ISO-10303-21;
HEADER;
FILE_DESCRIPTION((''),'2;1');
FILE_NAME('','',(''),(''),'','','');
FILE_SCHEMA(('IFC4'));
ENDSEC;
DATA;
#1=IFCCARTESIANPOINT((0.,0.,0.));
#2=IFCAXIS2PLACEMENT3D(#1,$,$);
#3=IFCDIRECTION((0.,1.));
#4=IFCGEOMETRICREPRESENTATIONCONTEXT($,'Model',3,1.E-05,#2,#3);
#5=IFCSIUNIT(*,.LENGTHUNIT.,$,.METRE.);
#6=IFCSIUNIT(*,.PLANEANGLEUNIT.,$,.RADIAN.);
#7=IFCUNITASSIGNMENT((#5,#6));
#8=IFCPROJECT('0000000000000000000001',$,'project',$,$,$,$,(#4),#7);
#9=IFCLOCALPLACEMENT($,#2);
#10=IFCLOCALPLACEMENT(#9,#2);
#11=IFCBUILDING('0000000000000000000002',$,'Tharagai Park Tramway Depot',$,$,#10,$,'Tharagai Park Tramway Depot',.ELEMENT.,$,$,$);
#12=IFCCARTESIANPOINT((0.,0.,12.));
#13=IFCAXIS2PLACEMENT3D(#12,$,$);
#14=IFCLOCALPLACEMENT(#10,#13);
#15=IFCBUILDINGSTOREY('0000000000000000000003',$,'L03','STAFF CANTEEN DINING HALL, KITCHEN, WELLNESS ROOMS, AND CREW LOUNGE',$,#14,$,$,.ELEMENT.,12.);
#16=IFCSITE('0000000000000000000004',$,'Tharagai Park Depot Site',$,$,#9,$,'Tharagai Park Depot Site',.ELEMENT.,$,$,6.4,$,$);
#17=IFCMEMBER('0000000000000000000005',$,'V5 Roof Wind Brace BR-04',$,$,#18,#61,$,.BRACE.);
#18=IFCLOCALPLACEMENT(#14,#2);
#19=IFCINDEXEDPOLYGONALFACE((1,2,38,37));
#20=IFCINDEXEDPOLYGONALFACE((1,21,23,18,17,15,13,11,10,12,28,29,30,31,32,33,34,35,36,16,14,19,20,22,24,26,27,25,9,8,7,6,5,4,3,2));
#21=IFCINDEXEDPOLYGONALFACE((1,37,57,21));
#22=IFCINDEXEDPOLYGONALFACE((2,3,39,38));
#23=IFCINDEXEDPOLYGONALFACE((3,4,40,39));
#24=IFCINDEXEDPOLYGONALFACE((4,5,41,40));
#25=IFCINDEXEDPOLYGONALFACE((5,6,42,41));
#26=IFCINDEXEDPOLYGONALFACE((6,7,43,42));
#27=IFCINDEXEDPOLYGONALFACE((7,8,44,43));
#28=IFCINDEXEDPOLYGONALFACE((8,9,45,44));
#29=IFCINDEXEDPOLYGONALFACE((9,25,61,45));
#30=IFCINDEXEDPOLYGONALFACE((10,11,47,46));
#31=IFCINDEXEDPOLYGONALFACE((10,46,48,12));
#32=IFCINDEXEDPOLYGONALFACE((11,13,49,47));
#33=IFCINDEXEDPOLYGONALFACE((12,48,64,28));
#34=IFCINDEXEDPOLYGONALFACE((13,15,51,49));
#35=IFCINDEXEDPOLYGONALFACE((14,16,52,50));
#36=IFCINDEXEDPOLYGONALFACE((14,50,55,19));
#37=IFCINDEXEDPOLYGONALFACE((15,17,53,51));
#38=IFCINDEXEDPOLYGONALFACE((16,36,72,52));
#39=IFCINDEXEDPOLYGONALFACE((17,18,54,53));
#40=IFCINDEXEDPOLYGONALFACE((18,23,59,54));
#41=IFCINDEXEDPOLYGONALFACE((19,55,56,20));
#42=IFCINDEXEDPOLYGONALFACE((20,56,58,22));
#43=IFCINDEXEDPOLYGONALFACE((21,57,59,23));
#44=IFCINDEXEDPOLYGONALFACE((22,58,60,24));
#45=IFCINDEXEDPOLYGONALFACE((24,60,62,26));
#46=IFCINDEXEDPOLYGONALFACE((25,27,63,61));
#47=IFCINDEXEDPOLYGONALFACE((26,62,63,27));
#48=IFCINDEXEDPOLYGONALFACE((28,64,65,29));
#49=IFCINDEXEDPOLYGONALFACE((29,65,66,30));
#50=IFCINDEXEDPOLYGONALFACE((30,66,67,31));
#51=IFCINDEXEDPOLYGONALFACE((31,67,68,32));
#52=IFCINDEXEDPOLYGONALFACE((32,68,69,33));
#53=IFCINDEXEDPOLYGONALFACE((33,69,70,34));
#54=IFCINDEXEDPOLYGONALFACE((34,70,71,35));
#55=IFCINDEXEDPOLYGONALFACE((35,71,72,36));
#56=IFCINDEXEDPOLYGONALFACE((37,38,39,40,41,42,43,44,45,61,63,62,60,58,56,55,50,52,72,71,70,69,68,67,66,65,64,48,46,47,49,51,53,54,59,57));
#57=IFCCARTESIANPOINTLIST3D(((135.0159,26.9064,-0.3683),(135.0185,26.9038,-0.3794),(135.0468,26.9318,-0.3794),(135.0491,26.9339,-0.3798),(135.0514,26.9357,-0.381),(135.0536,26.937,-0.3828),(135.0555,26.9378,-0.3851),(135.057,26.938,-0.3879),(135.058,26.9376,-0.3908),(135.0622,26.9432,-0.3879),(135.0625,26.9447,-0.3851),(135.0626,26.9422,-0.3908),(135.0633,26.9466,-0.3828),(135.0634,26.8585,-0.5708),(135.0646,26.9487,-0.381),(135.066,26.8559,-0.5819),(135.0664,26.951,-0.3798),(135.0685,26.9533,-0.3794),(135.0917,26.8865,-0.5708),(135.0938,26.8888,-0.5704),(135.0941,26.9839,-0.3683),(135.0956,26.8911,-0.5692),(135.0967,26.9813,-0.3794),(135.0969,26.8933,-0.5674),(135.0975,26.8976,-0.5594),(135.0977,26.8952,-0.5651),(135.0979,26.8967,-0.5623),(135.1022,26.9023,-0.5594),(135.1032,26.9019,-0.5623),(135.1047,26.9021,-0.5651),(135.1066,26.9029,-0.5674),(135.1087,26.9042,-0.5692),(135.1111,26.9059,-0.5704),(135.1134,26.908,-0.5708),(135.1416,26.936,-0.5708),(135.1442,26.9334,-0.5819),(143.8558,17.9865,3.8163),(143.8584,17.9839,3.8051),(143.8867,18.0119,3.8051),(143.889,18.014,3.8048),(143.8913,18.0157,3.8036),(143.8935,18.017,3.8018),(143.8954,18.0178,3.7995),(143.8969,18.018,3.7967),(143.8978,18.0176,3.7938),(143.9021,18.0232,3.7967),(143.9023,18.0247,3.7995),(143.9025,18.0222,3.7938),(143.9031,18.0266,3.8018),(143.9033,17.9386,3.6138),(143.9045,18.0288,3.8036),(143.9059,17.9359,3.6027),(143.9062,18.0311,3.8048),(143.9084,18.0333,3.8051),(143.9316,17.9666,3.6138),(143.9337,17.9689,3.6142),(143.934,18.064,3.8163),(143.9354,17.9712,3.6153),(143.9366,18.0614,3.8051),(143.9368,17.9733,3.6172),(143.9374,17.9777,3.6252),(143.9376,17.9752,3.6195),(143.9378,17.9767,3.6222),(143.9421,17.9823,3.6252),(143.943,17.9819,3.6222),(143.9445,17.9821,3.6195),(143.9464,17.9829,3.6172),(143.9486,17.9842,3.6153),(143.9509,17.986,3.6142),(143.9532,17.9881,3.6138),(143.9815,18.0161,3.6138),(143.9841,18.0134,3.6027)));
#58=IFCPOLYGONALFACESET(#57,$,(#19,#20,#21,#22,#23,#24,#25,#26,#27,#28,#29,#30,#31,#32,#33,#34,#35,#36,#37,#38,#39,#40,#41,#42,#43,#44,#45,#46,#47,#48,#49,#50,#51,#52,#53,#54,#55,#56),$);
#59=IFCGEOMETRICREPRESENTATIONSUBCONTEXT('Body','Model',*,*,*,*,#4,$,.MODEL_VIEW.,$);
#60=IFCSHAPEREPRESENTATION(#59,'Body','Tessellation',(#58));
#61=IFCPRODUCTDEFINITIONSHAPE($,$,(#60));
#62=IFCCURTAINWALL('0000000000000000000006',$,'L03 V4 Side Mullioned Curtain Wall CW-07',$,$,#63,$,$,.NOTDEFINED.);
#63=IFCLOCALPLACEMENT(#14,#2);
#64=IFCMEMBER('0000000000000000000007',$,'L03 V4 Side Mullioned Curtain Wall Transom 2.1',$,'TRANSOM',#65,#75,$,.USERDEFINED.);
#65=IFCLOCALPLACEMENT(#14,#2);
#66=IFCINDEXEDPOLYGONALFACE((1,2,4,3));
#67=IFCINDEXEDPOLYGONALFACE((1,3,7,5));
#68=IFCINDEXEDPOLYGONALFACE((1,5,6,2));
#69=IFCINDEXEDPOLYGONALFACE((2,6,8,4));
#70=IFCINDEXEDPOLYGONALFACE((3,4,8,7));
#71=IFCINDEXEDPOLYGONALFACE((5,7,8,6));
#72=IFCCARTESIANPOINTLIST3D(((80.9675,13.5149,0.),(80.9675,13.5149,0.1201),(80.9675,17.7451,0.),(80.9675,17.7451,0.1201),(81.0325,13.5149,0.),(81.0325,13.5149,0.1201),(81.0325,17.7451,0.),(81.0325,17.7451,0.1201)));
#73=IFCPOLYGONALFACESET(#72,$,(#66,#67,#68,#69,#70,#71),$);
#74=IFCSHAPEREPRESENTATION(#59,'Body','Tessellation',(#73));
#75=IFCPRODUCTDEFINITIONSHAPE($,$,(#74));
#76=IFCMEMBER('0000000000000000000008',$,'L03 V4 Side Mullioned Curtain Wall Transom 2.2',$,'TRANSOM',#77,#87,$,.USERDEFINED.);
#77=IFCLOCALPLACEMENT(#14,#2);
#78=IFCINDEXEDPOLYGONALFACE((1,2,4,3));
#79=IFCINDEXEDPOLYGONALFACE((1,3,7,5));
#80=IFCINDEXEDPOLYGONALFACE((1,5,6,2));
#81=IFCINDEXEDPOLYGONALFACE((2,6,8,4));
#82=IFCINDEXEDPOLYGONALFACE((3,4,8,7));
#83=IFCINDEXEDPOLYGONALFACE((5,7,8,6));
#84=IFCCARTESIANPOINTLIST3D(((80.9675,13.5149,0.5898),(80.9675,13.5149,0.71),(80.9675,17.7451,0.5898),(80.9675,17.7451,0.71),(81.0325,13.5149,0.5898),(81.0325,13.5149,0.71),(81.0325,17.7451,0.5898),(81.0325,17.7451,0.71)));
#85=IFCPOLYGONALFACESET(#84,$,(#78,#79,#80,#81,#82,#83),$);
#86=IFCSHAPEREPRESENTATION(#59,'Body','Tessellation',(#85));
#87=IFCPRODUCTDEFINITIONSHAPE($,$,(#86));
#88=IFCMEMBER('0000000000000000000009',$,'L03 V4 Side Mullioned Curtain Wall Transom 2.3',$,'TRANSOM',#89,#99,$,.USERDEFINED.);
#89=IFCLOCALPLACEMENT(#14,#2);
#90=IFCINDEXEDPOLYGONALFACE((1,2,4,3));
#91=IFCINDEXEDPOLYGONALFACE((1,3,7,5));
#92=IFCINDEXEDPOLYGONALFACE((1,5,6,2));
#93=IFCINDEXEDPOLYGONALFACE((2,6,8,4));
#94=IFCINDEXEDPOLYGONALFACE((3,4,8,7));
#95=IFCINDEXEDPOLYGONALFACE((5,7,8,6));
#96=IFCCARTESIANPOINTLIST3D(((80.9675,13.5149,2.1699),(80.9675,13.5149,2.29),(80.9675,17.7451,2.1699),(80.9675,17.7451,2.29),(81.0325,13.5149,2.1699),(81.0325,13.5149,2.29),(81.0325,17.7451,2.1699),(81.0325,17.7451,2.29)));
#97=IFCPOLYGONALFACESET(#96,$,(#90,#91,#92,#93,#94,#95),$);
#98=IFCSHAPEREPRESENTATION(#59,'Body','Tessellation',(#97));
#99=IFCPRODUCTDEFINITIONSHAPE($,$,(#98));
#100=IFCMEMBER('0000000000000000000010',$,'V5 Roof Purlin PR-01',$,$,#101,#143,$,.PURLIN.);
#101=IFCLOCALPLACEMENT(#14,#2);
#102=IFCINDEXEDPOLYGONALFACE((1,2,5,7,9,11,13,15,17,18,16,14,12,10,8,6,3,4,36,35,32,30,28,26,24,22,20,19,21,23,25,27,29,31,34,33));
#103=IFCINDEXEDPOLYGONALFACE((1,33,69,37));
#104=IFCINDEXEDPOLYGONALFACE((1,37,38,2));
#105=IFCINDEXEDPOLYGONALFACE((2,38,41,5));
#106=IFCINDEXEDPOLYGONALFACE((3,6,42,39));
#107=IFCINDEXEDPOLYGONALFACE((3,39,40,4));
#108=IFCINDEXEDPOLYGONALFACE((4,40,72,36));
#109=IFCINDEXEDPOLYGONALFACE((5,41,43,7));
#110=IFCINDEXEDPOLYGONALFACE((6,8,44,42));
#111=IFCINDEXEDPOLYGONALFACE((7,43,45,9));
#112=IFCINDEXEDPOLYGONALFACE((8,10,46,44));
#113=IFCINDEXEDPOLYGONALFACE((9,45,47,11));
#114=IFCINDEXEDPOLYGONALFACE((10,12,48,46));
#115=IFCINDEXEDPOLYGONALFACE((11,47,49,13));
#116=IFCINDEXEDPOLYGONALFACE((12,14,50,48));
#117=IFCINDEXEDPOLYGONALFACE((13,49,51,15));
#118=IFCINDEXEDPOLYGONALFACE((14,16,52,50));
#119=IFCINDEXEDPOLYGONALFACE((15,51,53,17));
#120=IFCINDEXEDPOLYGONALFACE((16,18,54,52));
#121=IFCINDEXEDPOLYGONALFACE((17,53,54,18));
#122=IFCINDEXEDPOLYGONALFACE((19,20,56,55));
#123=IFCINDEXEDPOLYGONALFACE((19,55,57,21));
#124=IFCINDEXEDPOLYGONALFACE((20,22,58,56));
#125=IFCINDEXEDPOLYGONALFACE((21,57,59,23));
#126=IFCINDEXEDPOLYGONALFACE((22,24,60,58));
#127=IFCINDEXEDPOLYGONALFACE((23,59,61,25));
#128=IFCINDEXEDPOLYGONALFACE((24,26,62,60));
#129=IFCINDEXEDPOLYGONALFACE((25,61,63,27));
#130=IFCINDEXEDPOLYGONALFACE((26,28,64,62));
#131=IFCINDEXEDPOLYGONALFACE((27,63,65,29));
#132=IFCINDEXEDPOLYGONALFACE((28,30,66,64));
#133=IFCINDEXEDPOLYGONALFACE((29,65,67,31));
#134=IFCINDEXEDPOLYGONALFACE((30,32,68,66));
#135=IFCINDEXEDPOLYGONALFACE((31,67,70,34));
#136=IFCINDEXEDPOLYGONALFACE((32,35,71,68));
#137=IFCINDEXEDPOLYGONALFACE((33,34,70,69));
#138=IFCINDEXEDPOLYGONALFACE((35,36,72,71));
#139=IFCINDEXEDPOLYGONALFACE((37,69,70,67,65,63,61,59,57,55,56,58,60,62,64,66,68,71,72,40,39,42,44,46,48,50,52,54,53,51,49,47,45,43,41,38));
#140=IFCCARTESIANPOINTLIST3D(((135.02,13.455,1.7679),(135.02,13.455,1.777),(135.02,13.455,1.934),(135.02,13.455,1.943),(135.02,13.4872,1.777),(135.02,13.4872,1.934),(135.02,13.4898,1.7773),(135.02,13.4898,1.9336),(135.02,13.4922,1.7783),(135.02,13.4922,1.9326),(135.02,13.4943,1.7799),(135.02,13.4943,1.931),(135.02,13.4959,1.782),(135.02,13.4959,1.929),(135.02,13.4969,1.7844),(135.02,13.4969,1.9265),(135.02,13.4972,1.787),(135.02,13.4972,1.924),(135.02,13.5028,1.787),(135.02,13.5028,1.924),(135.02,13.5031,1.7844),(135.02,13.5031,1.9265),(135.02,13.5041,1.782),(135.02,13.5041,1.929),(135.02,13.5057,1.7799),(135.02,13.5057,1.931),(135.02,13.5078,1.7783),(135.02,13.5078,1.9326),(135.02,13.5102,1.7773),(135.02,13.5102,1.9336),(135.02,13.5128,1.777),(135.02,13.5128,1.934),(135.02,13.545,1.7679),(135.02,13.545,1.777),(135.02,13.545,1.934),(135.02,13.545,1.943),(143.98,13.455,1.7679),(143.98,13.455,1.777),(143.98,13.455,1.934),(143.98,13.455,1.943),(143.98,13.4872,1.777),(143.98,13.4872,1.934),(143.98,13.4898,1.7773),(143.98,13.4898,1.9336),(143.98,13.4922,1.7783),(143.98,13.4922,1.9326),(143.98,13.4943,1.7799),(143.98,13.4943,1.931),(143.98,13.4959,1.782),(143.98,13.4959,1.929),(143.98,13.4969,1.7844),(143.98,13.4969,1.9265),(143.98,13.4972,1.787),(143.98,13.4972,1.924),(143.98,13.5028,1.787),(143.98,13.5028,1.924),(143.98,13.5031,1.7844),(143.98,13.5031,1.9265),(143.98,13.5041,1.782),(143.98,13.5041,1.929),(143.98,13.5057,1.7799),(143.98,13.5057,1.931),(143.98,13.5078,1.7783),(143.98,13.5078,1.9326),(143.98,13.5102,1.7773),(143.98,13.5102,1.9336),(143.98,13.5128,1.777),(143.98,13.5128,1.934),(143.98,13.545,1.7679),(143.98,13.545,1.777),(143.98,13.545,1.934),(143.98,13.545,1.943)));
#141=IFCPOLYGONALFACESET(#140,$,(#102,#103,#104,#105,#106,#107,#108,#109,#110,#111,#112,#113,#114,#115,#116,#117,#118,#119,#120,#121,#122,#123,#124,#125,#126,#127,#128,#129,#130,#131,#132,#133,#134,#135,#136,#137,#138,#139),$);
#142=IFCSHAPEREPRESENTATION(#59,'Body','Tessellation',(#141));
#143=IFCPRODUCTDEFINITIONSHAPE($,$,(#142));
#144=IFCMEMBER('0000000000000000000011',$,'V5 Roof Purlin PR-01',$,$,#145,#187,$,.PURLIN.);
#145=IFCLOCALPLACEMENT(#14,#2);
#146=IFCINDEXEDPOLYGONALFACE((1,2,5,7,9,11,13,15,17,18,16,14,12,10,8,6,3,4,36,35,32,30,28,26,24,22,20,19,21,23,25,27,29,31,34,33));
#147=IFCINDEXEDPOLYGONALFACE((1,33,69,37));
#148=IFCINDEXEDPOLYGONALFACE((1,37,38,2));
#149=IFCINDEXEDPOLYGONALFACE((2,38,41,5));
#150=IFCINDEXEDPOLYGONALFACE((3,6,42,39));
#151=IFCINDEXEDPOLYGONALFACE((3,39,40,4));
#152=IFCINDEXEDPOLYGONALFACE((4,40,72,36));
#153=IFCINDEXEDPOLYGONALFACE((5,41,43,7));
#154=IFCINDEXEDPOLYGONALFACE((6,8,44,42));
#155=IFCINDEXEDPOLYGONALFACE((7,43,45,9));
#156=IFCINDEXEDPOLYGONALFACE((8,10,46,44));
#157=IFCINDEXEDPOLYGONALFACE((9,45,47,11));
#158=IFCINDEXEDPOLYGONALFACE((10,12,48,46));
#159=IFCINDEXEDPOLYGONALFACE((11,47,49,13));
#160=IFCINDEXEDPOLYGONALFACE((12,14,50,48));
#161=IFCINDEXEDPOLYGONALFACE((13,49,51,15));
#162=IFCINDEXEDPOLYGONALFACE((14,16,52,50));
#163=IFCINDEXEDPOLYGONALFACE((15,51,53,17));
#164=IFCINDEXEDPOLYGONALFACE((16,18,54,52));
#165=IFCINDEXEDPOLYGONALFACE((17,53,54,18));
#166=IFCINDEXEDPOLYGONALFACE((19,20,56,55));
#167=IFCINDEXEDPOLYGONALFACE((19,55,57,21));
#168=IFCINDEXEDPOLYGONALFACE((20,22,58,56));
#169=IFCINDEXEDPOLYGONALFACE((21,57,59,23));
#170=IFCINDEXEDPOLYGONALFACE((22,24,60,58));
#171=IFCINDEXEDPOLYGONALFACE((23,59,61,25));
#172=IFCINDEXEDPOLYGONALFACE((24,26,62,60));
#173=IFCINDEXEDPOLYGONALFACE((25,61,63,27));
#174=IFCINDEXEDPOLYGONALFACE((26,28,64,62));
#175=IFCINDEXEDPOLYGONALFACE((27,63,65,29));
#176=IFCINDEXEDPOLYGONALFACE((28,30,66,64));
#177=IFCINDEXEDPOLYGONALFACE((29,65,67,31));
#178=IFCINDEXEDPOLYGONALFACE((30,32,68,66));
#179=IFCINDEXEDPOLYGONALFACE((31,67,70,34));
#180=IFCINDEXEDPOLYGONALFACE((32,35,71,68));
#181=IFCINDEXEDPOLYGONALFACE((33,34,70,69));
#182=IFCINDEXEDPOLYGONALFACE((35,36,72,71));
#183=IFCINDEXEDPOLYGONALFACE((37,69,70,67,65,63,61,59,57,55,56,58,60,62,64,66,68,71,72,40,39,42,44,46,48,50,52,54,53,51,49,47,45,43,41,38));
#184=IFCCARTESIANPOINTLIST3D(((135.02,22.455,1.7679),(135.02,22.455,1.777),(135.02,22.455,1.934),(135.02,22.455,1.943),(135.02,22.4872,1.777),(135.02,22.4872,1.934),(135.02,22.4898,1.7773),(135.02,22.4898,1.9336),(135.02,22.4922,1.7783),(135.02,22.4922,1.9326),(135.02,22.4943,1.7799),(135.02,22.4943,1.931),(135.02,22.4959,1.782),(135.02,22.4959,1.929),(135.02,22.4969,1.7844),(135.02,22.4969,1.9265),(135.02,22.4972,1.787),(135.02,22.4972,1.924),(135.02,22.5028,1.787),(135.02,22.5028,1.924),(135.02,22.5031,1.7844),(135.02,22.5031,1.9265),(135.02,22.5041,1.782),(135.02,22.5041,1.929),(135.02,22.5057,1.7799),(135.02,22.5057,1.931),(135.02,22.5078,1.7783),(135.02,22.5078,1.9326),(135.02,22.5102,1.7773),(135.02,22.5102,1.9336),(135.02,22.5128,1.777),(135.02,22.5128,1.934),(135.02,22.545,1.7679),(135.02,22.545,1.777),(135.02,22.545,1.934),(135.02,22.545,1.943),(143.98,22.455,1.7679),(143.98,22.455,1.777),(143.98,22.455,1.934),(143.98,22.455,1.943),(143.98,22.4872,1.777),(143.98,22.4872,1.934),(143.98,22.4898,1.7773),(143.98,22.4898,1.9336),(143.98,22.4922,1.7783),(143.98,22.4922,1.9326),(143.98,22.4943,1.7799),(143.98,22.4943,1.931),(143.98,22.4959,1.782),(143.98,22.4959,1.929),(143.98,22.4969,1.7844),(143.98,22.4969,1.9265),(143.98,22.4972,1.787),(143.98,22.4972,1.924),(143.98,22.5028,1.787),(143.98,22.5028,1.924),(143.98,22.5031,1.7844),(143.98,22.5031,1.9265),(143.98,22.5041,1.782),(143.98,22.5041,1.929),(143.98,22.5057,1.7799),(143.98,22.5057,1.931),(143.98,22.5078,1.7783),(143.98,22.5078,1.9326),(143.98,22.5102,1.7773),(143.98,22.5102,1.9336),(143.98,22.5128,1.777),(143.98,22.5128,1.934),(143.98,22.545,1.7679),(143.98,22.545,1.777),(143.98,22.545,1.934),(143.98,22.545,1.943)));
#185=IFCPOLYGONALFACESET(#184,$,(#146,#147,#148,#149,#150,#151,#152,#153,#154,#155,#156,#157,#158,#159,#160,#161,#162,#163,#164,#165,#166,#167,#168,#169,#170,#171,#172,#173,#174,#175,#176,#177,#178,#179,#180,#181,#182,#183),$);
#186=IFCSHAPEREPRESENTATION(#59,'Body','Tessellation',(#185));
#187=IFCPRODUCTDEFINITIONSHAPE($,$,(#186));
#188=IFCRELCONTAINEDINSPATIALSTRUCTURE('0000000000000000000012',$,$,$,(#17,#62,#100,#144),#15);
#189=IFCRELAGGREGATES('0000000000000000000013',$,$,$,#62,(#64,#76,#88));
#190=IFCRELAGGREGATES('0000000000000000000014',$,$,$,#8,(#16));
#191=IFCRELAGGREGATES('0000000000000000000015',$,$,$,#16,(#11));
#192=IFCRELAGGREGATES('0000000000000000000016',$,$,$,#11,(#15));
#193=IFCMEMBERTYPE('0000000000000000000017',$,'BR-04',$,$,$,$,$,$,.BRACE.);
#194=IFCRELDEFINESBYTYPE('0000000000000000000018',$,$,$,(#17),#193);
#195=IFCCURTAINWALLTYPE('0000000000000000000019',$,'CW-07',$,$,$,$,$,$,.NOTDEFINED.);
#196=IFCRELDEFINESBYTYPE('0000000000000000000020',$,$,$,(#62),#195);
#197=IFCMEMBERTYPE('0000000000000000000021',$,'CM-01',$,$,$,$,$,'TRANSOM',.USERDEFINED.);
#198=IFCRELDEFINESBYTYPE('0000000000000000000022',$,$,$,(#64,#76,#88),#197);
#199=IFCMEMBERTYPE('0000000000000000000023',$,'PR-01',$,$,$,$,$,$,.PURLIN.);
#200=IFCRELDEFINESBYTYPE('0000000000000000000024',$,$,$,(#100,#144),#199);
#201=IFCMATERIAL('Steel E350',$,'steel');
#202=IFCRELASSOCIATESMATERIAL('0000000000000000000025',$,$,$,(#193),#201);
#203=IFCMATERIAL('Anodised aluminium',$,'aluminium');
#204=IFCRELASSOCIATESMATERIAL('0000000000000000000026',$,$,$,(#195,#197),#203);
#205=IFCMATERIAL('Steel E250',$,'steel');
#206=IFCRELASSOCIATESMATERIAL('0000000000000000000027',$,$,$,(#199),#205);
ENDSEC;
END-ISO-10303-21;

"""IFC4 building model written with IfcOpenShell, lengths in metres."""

from ifc_helpers import new_model, si_unit, direction, frame, origin, origin_2d, place, context, subcontext, project, spatial, rectangle, i_section, extrude, material, material_profile, profile_set, type_object, element, aggregate, save


model = new_model("IFC4")

# Units and contexts
model_context = context("Model", 3, precision=1e-05, world=origin(), true_north=direction((0.0, 1.0)))
body_context = subcontext(model_context, "Body", "Model", "MODEL_VIEW")
ifc_project = project(units=[si_unit("LENGTHUNIT", "METRE"), si_unit("PLANEANGLEUNIT", "RADIAN")], contexts=[model_context])

# Site, building, storey
site_placement = place(None, origin())
site = spatial("IfcSite", under=ifc_project, at=site_placement, Name="Tharagai Park Depot Site", LongName="Tharagai Park Depot Site", CompositionType="ELEMENT", RefElevation=6.4)
building_placement = place(site_placement, origin())
building = spatial("IfcBuilding", under=site, at=building_placement, Name="Tharagai Park Tramway Depot", LongName="Tharagai Park Tramway Depot", CompositionType="ELEMENT")
storey_placement = place(building_placement, frame((0.0, 0.0, 12.0)))
storey = spatial("IfcBuildingStorey", under=building, at=storey_placement, Name="L03", Description="STAFF CANTEEN DINING HALL, KITCHEN, WELLNESS ROOMS, AND CREW LOUNGE", CompositionType="ELEMENT", Elevation=12.0)

# Shared definitions
ifc_material_1 = material(Name="Steel E350", Category="steel")

# Member
ifc_material_profile_1 = material_profile(ifc_material_1, i_section(OverallWidth=0.1101, OverallDepth=0.2251, WebThickness=0.0066, FlangeThickness=0.0117, FilletRadius=0.012, at=origin_2d()), Name="ISMB 225")
ifc_profile_set_1 = profile_set([ifc_material_profile_1], Name="Steel E350")
member_type_1 = type_object("IfcMemberType", Name="BR-04", PredefinedType="BRACE", material=ifc_profile_set_1)
for number, where, z_axis, x_axis, name in (
    (1, (135.0801, 26.9199, -0.4751), (0.667813, -0.673862, 0.316127), (0.710288, 0.703911, 0.0), "V5 Roof Wind Brace BR-04"),
):
    element("IfcMember", number, at=place(storey_placement, frame(where, z_axis=z_axis, x_axis=x_axis)), inside=storey, type_object=member_type_1, Name=name, PredefinedType="BRACE", context=body_context, shape_type="SweptSolid", body=[
        extrude(i_section(OverallWidth=0.1101, OverallDepth=0.2251, WebThickness=0.0066, FlangeThickness=0.0117, FilletRadius=0.012, at=origin_2d()), origin(), (0.0, 0.0, 1.0), 13.2371),
    ])

# Curtain wall, members
ifc_material_2 = material(Name="Anodised aluminium", Category="aluminium")
curtain_wall_type = type_object("IfcCurtainWallType", Name="CW-07", PredefinedType="NOTDEFINED", material=ifc_material_2)
curtain_wall_placement = place(storey_placement, origin())
curtain_wall = element("IfcCurtainWall", 2, at=curtain_wall_placement, inside=storey, type_object=curtain_wall_type, Name="L03 V4 Side Mullioned Curtain Wall CW-07", PredefinedType="NOTDEFINED")
ifc_material_profile_2 = material_profile(ifc_material_2, rectangle(XDim=0.0649, YDim=0.1201, at=origin_2d()), Name="ALU 65x120")
ifc_profile_set_2 = profile_set([ifc_material_profile_2], Name="Anodised aluminium")
member_type_2 = type_object("IfcMemberType", Name="CM-01", ElementType="TRANSOM", PredefinedType="USERDEFINED", material=ifc_profile_set_2)
member_1_placement = place(storey_placement, frame((81.0, 13.5149, 0.0601), z_axis=(0.0, 1.0, 0.0), x_axis=(-1.0, 0.0, 0.0)))
member_1 = element("IfcMember", 3, at=member_1_placement, type_object=member_type_2, Name="L03 V4 Side Mullioned Curtain Wall Transom 2.1", ObjectType="TRANSOM", PredefinedType="USERDEFINED", context=body_context, shape_type="SweptSolid", body=[
    extrude(rectangle(XDim=0.0649, YDim=0.1201, at=origin_2d()), origin(), (0.0, 0.0, 1.0), 4.2302),
])
member_2_placement = place(storey_placement, frame((81.0, 13.5149, 0.6499), z_axis=(0.0, 1.0, 0.0), x_axis=(-1.0, 0.0, 0.0)))
member_2 = element("IfcMember", 4, at=member_2_placement, type_object=member_type_2, Name="L03 V4 Side Mullioned Curtain Wall Transom 2.2", ObjectType="TRANSOM", PredefinedType="USERDEFINED", context=body_context, shape_type="SweptSolid", body=[
    extrude(rectangle(XDim=0.0649, YDim=0.1201, at=origin_2d()), origin(), (0.0, 0.0, 1.0), 4.2302),
])
member_3_placement = place(storey_placement, frame((81.0, 13.5149, 2.23), z_axis=(0.0, 1.0, 0.0), x_axis=(-1.0, 0.0, 0.0)))
member_3 = element("IfcMember", 5, at=member_3_placement, type_object=member_type_2, Name="L03 V4 Side Mullioned Curtain Wall Transom 2.3", ObjectType="TRANSOM", PredefinedType="USERDEFINED", context=body_context, shape_type="SweptSolid", body=[
    extrude(rectangle(XDim=0.0649, YDim=0.1201, at=origin_2d()), origin(), (0.0, 0.0, 1.0), 4.2302),
])

# Members
ifc_material_3 = material(Name="Steel E250", Category="steel")
ifc_material_profile_3 = material_profile(ifc_material_3, i_section(OverallWidth=0.0901, OverallDepth=0.175, WebThickness=0.0056, FlangeThickness=0.009, FilletRadius=0.01, at=origin_2d()), Name="ISMB 175")
ifc_profile_set_3 = profile_set([ifc_material_profile_3], Name="Steel E250")
member_type_3 = type_object("IfcMemberType", Name="PR-01", PredefinedType="PURLIN", material=ifc_profile_set_3)
for number, where, z_axis, x_axis, name in (
    (6, (135.02, 13.5, 1.8555), (1.0, 0.0, 0.0), (0.0, 1.0, 0.0), "V5 Roof Purlin PR-01"),
    (7, (135.02, 22.5, 1.8555), (1.0, 0.0, 0.0), (0.0, 1.0, 0.0), "V5 Roof Purlin PR-01"),
):
    element("IfcMember", number, at=place(storey_placement, frame(where, z_axis=z_axis, x_axis=x_axis)), inside=storey, type_object=member_type_3, Name=name, PredefinedType="PURLIN", context=body_context, shape_type="SweptSolid", body=[
        extrude(i_section(OverallWidth=0.0901, OverallDepth=0.175, WebThickness=0.0056, FlangeThickness=0.009, FilletRadius=0.01, at=origin_2d()), origin(), (0.0, 0.0, 1.0), 8.96),
    ])

aggregate(curtain_wall, [member_1, member_2, member_3])

save(model, "model.ifc")
